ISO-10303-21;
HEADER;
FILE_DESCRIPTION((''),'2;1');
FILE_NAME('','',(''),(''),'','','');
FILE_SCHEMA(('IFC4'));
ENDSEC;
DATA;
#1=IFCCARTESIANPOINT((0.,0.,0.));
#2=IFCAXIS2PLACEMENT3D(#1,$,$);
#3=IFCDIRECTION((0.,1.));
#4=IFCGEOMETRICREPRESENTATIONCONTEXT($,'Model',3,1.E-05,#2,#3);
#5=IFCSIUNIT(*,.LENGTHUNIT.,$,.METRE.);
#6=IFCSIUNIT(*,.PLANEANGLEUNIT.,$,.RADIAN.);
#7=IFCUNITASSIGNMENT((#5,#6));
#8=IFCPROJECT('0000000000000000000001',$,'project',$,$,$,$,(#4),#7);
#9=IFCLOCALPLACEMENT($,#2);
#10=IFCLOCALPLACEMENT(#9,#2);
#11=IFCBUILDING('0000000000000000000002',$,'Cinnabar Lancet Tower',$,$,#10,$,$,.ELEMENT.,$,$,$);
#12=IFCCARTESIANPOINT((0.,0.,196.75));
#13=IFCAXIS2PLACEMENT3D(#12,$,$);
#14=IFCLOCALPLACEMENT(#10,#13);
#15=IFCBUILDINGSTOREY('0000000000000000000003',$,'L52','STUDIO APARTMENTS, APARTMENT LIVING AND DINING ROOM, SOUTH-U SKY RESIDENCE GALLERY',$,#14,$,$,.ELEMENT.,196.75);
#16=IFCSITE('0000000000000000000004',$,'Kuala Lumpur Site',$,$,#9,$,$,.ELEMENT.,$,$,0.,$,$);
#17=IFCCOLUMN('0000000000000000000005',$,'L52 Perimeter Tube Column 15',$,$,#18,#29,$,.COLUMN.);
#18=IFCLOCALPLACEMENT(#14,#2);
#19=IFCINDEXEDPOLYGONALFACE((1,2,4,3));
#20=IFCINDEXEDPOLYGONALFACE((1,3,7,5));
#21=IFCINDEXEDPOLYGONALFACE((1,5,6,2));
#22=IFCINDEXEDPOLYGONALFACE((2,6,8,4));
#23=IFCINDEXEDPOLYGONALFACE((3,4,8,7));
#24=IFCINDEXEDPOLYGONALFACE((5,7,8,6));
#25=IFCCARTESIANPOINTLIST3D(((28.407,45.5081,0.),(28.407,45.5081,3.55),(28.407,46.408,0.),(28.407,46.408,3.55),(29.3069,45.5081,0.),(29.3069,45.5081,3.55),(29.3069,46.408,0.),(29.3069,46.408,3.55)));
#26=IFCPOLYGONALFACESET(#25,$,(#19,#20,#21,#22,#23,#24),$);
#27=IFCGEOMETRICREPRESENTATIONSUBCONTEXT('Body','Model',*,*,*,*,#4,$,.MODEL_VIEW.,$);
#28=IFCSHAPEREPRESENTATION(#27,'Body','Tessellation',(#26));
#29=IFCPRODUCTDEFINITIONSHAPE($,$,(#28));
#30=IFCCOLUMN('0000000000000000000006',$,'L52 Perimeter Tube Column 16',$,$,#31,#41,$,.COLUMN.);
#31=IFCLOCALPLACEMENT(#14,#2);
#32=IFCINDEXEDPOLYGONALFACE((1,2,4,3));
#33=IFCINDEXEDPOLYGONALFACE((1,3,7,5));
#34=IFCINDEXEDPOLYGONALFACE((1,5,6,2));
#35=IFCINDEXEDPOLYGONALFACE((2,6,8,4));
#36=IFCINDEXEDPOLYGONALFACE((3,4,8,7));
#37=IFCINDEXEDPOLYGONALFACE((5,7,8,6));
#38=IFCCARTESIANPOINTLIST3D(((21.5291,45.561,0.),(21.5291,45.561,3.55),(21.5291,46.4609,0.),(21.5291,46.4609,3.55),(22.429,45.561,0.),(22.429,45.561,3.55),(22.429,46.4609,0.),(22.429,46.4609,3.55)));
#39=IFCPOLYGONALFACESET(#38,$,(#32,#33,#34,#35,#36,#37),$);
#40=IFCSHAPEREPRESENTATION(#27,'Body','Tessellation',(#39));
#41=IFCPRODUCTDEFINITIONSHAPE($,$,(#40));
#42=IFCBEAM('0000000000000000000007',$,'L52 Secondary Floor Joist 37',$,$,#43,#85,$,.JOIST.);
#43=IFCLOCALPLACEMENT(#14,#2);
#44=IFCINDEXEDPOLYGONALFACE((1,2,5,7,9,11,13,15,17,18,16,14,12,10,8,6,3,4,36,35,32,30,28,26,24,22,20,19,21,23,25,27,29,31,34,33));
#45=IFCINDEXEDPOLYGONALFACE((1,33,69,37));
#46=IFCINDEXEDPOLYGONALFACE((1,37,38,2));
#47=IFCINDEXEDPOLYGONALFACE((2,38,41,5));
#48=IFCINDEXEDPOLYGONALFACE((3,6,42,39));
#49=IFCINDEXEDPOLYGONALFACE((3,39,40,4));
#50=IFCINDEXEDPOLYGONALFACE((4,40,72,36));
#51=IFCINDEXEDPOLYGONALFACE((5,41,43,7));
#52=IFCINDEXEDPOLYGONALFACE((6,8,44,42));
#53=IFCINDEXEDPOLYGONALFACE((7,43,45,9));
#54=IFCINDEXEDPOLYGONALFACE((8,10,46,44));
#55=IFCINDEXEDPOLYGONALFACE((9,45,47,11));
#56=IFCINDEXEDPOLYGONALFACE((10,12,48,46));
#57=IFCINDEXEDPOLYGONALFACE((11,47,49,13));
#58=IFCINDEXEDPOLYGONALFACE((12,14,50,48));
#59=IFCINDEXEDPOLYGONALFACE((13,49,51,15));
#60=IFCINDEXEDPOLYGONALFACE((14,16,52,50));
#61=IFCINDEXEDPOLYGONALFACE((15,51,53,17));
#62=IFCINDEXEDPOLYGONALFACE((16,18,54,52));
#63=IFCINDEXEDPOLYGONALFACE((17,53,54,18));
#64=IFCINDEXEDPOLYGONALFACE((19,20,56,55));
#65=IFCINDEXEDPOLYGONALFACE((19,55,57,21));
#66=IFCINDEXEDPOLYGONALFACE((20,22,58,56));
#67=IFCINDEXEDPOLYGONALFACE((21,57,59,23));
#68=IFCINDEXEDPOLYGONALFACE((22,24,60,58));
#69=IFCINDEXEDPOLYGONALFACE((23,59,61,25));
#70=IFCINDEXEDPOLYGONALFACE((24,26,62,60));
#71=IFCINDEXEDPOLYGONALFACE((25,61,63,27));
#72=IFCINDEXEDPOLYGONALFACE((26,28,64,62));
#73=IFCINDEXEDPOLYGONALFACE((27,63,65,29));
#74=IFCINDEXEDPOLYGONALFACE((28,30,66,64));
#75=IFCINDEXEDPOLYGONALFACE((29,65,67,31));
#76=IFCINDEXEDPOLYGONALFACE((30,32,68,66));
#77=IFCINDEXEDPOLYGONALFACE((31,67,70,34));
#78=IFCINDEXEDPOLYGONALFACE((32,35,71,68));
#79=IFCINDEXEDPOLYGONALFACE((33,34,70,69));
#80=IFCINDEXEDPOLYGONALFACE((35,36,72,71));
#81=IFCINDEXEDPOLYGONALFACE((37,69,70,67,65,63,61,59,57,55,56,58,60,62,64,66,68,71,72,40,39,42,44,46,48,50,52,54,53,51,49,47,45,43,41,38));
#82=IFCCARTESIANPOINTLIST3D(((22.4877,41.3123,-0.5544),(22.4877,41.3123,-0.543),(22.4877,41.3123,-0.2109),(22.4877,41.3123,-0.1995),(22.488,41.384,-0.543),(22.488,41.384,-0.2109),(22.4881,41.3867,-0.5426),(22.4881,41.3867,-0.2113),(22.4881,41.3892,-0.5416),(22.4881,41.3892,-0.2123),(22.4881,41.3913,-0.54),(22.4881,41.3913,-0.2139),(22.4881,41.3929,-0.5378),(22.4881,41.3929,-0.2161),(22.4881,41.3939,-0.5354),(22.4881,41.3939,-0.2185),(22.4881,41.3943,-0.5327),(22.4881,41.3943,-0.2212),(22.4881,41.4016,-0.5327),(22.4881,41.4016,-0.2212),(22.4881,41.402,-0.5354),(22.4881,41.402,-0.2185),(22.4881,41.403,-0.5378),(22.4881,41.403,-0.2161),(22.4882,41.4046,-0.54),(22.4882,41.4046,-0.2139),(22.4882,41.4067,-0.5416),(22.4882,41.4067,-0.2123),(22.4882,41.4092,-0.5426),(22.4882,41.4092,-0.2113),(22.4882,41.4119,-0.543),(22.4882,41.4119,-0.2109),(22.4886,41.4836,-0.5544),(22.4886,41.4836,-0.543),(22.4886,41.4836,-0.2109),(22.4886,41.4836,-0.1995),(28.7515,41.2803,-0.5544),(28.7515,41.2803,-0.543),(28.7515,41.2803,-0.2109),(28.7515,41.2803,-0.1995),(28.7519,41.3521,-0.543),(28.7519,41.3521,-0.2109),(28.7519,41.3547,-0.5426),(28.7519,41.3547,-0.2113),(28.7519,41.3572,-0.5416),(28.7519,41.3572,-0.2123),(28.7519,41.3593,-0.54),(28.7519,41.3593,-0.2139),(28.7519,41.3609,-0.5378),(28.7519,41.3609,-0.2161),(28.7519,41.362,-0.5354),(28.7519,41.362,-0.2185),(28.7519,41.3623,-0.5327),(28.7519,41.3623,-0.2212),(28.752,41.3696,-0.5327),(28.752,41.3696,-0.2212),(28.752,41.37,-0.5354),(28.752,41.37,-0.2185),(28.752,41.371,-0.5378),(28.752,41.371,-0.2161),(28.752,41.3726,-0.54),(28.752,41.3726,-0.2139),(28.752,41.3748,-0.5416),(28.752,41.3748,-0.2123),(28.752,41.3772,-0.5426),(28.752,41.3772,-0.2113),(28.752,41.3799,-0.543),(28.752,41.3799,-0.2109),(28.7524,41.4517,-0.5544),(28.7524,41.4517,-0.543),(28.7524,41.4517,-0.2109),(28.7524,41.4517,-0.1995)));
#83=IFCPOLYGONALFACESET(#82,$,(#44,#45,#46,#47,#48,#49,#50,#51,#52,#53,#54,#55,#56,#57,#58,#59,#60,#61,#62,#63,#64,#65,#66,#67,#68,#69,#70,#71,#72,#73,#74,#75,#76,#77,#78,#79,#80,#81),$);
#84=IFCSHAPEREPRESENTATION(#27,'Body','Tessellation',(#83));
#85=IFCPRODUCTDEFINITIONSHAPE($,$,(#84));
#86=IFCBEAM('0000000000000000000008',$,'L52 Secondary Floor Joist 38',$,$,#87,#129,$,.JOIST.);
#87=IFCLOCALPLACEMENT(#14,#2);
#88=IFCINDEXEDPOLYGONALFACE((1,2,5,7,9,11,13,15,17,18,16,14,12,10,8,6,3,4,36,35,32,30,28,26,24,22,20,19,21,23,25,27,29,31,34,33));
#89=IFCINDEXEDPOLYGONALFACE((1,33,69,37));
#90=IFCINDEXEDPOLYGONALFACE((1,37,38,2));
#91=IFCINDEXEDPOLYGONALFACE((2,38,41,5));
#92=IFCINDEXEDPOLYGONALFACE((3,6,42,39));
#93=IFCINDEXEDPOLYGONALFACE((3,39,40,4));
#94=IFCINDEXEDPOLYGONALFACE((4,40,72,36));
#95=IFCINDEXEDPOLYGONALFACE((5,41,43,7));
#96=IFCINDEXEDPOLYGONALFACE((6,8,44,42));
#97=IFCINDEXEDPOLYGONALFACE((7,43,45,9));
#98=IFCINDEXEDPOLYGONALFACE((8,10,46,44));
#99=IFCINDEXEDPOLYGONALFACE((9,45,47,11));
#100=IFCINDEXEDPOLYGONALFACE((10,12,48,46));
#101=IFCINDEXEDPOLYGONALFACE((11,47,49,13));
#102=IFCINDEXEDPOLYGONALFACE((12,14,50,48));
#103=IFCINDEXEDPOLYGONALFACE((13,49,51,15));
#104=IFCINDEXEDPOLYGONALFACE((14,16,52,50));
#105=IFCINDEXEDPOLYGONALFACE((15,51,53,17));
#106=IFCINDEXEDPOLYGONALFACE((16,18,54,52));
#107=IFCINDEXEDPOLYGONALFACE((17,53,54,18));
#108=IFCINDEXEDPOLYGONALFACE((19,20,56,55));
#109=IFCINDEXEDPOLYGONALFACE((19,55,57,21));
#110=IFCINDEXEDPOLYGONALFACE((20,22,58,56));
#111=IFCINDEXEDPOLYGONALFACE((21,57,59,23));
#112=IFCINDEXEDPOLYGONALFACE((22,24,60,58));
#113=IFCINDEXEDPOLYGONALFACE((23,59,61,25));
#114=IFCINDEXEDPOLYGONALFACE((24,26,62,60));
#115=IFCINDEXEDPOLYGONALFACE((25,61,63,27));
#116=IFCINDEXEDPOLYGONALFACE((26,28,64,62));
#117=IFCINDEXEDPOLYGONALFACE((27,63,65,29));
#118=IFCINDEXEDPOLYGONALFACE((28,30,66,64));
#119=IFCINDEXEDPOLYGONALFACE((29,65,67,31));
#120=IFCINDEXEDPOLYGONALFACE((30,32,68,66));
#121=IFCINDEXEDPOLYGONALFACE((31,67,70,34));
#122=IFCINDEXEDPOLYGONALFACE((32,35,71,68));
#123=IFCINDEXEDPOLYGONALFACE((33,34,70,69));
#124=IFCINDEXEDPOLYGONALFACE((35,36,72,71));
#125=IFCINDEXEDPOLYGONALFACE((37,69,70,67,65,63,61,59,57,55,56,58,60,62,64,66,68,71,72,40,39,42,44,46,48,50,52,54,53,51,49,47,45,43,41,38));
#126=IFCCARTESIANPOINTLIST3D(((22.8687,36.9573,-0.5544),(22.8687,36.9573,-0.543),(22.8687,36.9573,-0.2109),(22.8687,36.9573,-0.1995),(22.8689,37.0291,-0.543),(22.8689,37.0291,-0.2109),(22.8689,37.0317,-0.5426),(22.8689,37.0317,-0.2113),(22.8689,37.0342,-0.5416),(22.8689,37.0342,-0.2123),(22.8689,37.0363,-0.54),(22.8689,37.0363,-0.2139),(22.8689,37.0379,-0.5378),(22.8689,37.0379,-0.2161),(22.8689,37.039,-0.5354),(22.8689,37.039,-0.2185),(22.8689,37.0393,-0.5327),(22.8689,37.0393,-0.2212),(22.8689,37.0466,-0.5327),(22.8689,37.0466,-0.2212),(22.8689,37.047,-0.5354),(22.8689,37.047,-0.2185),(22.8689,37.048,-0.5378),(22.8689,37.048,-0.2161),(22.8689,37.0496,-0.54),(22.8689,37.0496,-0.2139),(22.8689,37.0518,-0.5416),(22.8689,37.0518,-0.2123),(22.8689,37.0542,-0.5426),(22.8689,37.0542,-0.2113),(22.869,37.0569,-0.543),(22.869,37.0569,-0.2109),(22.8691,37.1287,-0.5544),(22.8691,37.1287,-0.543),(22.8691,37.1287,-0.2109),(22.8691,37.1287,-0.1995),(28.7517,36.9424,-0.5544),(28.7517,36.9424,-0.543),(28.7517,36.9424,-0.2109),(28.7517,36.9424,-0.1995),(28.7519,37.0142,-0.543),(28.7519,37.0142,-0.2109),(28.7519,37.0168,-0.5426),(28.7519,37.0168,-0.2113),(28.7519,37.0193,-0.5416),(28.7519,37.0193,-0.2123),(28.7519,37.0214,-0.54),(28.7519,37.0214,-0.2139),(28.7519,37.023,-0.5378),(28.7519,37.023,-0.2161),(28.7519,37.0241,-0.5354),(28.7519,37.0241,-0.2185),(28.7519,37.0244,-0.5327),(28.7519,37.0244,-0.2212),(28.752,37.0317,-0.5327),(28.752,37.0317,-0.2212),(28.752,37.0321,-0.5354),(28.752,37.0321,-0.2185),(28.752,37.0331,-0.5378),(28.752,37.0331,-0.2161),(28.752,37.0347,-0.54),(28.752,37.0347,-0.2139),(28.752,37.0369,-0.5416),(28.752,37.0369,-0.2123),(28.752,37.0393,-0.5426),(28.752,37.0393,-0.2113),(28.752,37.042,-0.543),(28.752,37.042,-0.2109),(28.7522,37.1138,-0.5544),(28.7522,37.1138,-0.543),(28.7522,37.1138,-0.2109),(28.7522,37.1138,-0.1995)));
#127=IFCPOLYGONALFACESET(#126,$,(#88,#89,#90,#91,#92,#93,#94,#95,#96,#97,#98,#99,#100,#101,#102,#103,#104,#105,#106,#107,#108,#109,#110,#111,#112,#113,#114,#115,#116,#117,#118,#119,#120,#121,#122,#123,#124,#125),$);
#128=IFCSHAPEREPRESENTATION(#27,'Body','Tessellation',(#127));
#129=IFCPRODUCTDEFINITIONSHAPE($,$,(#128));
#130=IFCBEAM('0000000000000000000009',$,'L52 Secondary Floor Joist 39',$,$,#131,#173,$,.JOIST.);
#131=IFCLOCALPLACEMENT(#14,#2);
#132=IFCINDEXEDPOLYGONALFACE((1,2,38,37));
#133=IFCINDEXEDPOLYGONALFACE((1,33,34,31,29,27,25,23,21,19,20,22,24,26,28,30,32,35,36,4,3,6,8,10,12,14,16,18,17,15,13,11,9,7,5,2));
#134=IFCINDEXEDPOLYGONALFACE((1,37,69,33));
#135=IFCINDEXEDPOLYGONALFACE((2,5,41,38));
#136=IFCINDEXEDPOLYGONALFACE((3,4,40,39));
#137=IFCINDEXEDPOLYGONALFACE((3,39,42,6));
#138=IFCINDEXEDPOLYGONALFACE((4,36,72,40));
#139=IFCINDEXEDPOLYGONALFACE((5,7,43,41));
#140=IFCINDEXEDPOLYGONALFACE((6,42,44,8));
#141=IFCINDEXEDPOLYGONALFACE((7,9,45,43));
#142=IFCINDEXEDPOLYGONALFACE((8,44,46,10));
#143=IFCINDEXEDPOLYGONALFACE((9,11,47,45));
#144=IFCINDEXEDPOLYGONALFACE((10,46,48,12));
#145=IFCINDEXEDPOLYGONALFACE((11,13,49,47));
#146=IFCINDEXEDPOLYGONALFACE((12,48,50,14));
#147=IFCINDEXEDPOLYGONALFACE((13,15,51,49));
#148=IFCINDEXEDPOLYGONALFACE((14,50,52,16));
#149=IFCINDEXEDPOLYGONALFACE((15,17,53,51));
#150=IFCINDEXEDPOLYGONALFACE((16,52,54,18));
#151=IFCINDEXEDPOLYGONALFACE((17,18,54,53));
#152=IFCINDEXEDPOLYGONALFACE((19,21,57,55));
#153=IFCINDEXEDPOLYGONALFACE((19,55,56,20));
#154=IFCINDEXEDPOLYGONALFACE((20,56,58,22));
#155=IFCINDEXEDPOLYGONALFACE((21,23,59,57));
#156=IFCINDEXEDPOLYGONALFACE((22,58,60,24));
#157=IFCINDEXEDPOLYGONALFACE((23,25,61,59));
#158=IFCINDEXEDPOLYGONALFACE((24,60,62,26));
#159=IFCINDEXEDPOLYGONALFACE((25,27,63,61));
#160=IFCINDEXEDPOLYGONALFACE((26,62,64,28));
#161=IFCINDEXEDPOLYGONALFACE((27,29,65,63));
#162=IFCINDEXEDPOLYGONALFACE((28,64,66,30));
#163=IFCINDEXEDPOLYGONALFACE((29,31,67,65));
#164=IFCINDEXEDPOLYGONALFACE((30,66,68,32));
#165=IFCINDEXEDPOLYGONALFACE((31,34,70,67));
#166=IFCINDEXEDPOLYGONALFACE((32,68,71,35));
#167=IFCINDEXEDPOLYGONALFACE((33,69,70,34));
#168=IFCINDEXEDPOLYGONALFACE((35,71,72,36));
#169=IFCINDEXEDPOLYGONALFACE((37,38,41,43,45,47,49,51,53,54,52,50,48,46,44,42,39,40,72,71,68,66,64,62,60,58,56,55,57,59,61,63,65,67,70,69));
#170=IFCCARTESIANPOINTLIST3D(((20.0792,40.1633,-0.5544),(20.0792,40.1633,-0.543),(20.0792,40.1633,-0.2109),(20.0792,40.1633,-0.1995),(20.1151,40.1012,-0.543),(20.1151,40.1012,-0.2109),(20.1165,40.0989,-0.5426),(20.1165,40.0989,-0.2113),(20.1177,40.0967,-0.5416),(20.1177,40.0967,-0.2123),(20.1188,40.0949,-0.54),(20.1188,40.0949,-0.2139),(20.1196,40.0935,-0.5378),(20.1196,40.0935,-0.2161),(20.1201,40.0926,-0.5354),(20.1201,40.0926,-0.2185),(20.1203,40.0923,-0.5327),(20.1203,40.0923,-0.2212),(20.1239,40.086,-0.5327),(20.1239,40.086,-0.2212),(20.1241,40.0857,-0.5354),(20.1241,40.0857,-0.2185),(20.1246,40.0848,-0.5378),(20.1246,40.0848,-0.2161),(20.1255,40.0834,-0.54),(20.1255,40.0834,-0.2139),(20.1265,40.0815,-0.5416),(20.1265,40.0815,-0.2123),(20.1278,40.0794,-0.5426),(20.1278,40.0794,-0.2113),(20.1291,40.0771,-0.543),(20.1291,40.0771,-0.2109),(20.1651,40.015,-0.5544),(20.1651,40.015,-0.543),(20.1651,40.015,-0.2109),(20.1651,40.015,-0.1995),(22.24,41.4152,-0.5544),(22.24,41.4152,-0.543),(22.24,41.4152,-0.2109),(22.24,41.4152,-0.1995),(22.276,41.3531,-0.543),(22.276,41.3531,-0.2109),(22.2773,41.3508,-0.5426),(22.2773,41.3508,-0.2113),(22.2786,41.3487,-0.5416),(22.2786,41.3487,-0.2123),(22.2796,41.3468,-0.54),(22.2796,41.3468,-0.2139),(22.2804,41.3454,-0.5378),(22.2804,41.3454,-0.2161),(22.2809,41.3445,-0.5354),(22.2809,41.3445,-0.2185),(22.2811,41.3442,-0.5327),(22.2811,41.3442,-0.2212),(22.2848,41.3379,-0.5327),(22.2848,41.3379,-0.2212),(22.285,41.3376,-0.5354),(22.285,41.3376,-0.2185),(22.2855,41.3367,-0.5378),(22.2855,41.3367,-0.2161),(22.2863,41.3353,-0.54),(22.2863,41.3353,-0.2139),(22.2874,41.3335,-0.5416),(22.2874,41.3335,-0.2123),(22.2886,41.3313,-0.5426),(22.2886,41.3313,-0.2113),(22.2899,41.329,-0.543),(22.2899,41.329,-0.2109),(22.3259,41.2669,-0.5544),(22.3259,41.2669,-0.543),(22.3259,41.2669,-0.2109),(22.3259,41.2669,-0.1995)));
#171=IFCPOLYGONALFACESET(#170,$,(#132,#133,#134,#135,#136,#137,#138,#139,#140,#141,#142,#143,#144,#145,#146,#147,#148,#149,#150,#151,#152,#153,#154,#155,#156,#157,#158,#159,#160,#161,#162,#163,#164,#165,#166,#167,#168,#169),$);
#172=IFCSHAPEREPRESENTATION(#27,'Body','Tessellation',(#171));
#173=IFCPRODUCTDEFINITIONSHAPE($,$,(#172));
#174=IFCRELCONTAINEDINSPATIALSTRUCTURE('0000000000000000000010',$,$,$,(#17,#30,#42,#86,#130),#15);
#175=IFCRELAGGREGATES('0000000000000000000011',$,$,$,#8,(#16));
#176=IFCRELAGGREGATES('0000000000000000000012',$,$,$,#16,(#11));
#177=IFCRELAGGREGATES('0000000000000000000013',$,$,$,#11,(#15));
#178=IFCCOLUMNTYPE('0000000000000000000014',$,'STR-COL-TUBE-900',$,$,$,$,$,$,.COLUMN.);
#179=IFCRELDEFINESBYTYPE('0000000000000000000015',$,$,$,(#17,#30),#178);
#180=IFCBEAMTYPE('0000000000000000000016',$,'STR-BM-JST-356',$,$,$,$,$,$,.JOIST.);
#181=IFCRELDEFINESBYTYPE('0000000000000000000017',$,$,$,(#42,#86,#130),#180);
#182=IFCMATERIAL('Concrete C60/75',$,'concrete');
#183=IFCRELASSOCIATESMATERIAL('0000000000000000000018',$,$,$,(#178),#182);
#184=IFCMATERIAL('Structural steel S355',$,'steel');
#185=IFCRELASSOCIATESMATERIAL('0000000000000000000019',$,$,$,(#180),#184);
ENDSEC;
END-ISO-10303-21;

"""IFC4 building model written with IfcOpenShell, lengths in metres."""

from ifc_helpers import new_model, si_unit, direction, frame, origin, origin_2d, place, context, subcontext, project, spatial, rectangle, i_section, extrude, material, material_profile, profile_set, type_object, element, save


model = new_model("IFC4")

# Units and contexts
model_context = context("Model", 3, precision=1e-05, world=origin(), true_north=direction((0.0, 1.0)))
body_context = subcontext(model_context, "Body", "Model", "MODEL_VIEW")
ifc_project = project(units=[si_unit("LENGTHUNIT", "METRE"), si_unit("PLANEANGLEUNIT", "RADIAN")], contexts=[model_context])

# Site, building, storey
site_placement = place(None, origin())
site = spatial("IfcSite", under=ifc_project, at=site_placement, Name="Kuala Lumpur Site", CompositionType="ELEMENT", RefElevation=0.0)
building_placement = place(site_placement, origin())
building = spatial("IfcBuilding", under=site, at=building_placement, Name="Cinnabar Lancet Tower", CompositionType="ELEMENT")
storey_placement = place(building_placement, frame((0.0, 0.0, 196.75)))
storey = spatial("IfcBuildingStorey", under=building, at=storey_placement, Name="L52", Description="STUDIO APARTMENTS, APARTMENT LIVING AND DINING ROOM, SOUTH-U SKY RESIDENCE GALLERY", CompositionType="ELEMENT", Elevation=196.75)

# Columns
ifc_material_1 = material(Name="Concrete C60/75", Category="concrete")
ifc_material_profile_1 = material_profile(ifc_material_1, rectangle(XDim=0.8999, YDim=0.8999, at=origin_2d()), Name="RC-COL 900x900")
ifc_profile_set_1 = profile_set([ifc_material_profile_1], Name="Concrete C60/75")
column_type = type_object("IfcColumnType", Name="STR-COL-TUBE-900", PredefinedType="COLUMN", material=ifc_profile_set_1)
for number, where, z_axis, x_axis, name in (
    (1, (28.8569, 45.958, 0.0), (0.0, 0.0, 1.0), (1.0, 0.0, 0.0), "L52 Perimeter Tube Column 15"),
    (2, (21.979, 46.011, 0.0), (0.0, 0.0, 1.0), (1.0, 0.0, 0.0), "L52 Perimeter Tube Column 16"),
):
    element("IfcColumn", number, at=place(storey_placement, frame(where, z_axis=z_axis, x_axis=x_axis)), inside=storey, type_object=column_type, Name=name, PredefinedType="COLUMN", context=body_context, shape_type="SweptSolid", body=[
        extrude(rectangle(XDim=0.8999, YDim=0.8999, at=origin_2d()), origin(), (0.0, 0.0, 1.0), 3.55),
    ])

# Beams
ifc_material_2 = material(Name="Structural steel S355", Category="steel")
ifc_material_profile_2 = material_profile(ifc_material_2, i_section(OverallWidth=0.1714, OverallDepth=0.355, WebThickness=0.0073, FlangeThickness=0.0115, FilletRadius=0.0103, at=origin_2d()), Name="UKB 356x171x51")
ifc_profile_set_2 = profile_set([ifc_material_profile_2], Name="Structural steel S355")
beam_type_1 = type_object("IfcBeamType", Name="STR-BM-JST-356", PredefinedType="JOIST", material=ifc_profile_set_2)
beam_1_placement = place(storey_placement, frame((28.752, 41.366, -0.377), z_axis=(-0.999987, 0.005106, 0.0), x_axis=(-0.005106, -0.999987, 0.0)))
element("IfcBeam", 3, at=beam_1_placement, inside=storey, type_object=beam_type_1, Name="L52 Secondary Floor Joist 37", PredefinedType="JOIST", context=body_context, shape_type="SweptSolid", body=[
    extrude(i_section(OverallWidth=0.1714, OverallDepth=0.355, WebThickness=0.0073, FlangeThickness=0.0115, FilletRadius=0.0103, at=origin_2d()), origin(), (0.0, 0.0, 1.0), 6.2639),
])
beam_2_placement = place(storey_placement, frame((28.752, 37.0281, -0.377), z_axis=(-0.999997, 0.002531, 0.0), x_axis=(-0.002531, -0.999997, 0.0)))
element("IfcBeam", 4, at=beam_2_placement, inside=storey, type_object=beam_type_1, Name="L52 Secondary Floor Joist 38", PredefinedType="JOIST", context=body_context, shape_type="SweptSolid", body=[
    extrude(i_section(OverallWidth=0.1714, OverallDepth=0.355, WebThickness=0.0073, FlangeThickness=0.0115, FilletRadius=0.0103, at=origin_2d()), origin(), (0.0, 0.0, 1.0), 5.8831),
])
beam_3_placement = place(storey_placement, frame((22.283, 41.3411, -0.377), z_axis=(-0.865268, -0.50131, 0.0), x_axis=(0.50131, -0.865268, 0.0)))
element("IfcBeam", 5, at=beam_3_placement, inside=storey, type_object=beam_type_1, Name="L52 Secondary Floor Joist 39", PredefinedType="JOIST", context=body_context, shape_type="SweptSolid", body=[
    extrude(i_section(OverallWidth=0.1714, OverallDepth=0.355, WebThickness=0.0073, FlangeThickness=0.0115, FilletRadius=0.0103, at=origin_2d()), origin(), (0.0, 0.0, 1.0), 2.4973),
])

save(model, "model.ifc")
